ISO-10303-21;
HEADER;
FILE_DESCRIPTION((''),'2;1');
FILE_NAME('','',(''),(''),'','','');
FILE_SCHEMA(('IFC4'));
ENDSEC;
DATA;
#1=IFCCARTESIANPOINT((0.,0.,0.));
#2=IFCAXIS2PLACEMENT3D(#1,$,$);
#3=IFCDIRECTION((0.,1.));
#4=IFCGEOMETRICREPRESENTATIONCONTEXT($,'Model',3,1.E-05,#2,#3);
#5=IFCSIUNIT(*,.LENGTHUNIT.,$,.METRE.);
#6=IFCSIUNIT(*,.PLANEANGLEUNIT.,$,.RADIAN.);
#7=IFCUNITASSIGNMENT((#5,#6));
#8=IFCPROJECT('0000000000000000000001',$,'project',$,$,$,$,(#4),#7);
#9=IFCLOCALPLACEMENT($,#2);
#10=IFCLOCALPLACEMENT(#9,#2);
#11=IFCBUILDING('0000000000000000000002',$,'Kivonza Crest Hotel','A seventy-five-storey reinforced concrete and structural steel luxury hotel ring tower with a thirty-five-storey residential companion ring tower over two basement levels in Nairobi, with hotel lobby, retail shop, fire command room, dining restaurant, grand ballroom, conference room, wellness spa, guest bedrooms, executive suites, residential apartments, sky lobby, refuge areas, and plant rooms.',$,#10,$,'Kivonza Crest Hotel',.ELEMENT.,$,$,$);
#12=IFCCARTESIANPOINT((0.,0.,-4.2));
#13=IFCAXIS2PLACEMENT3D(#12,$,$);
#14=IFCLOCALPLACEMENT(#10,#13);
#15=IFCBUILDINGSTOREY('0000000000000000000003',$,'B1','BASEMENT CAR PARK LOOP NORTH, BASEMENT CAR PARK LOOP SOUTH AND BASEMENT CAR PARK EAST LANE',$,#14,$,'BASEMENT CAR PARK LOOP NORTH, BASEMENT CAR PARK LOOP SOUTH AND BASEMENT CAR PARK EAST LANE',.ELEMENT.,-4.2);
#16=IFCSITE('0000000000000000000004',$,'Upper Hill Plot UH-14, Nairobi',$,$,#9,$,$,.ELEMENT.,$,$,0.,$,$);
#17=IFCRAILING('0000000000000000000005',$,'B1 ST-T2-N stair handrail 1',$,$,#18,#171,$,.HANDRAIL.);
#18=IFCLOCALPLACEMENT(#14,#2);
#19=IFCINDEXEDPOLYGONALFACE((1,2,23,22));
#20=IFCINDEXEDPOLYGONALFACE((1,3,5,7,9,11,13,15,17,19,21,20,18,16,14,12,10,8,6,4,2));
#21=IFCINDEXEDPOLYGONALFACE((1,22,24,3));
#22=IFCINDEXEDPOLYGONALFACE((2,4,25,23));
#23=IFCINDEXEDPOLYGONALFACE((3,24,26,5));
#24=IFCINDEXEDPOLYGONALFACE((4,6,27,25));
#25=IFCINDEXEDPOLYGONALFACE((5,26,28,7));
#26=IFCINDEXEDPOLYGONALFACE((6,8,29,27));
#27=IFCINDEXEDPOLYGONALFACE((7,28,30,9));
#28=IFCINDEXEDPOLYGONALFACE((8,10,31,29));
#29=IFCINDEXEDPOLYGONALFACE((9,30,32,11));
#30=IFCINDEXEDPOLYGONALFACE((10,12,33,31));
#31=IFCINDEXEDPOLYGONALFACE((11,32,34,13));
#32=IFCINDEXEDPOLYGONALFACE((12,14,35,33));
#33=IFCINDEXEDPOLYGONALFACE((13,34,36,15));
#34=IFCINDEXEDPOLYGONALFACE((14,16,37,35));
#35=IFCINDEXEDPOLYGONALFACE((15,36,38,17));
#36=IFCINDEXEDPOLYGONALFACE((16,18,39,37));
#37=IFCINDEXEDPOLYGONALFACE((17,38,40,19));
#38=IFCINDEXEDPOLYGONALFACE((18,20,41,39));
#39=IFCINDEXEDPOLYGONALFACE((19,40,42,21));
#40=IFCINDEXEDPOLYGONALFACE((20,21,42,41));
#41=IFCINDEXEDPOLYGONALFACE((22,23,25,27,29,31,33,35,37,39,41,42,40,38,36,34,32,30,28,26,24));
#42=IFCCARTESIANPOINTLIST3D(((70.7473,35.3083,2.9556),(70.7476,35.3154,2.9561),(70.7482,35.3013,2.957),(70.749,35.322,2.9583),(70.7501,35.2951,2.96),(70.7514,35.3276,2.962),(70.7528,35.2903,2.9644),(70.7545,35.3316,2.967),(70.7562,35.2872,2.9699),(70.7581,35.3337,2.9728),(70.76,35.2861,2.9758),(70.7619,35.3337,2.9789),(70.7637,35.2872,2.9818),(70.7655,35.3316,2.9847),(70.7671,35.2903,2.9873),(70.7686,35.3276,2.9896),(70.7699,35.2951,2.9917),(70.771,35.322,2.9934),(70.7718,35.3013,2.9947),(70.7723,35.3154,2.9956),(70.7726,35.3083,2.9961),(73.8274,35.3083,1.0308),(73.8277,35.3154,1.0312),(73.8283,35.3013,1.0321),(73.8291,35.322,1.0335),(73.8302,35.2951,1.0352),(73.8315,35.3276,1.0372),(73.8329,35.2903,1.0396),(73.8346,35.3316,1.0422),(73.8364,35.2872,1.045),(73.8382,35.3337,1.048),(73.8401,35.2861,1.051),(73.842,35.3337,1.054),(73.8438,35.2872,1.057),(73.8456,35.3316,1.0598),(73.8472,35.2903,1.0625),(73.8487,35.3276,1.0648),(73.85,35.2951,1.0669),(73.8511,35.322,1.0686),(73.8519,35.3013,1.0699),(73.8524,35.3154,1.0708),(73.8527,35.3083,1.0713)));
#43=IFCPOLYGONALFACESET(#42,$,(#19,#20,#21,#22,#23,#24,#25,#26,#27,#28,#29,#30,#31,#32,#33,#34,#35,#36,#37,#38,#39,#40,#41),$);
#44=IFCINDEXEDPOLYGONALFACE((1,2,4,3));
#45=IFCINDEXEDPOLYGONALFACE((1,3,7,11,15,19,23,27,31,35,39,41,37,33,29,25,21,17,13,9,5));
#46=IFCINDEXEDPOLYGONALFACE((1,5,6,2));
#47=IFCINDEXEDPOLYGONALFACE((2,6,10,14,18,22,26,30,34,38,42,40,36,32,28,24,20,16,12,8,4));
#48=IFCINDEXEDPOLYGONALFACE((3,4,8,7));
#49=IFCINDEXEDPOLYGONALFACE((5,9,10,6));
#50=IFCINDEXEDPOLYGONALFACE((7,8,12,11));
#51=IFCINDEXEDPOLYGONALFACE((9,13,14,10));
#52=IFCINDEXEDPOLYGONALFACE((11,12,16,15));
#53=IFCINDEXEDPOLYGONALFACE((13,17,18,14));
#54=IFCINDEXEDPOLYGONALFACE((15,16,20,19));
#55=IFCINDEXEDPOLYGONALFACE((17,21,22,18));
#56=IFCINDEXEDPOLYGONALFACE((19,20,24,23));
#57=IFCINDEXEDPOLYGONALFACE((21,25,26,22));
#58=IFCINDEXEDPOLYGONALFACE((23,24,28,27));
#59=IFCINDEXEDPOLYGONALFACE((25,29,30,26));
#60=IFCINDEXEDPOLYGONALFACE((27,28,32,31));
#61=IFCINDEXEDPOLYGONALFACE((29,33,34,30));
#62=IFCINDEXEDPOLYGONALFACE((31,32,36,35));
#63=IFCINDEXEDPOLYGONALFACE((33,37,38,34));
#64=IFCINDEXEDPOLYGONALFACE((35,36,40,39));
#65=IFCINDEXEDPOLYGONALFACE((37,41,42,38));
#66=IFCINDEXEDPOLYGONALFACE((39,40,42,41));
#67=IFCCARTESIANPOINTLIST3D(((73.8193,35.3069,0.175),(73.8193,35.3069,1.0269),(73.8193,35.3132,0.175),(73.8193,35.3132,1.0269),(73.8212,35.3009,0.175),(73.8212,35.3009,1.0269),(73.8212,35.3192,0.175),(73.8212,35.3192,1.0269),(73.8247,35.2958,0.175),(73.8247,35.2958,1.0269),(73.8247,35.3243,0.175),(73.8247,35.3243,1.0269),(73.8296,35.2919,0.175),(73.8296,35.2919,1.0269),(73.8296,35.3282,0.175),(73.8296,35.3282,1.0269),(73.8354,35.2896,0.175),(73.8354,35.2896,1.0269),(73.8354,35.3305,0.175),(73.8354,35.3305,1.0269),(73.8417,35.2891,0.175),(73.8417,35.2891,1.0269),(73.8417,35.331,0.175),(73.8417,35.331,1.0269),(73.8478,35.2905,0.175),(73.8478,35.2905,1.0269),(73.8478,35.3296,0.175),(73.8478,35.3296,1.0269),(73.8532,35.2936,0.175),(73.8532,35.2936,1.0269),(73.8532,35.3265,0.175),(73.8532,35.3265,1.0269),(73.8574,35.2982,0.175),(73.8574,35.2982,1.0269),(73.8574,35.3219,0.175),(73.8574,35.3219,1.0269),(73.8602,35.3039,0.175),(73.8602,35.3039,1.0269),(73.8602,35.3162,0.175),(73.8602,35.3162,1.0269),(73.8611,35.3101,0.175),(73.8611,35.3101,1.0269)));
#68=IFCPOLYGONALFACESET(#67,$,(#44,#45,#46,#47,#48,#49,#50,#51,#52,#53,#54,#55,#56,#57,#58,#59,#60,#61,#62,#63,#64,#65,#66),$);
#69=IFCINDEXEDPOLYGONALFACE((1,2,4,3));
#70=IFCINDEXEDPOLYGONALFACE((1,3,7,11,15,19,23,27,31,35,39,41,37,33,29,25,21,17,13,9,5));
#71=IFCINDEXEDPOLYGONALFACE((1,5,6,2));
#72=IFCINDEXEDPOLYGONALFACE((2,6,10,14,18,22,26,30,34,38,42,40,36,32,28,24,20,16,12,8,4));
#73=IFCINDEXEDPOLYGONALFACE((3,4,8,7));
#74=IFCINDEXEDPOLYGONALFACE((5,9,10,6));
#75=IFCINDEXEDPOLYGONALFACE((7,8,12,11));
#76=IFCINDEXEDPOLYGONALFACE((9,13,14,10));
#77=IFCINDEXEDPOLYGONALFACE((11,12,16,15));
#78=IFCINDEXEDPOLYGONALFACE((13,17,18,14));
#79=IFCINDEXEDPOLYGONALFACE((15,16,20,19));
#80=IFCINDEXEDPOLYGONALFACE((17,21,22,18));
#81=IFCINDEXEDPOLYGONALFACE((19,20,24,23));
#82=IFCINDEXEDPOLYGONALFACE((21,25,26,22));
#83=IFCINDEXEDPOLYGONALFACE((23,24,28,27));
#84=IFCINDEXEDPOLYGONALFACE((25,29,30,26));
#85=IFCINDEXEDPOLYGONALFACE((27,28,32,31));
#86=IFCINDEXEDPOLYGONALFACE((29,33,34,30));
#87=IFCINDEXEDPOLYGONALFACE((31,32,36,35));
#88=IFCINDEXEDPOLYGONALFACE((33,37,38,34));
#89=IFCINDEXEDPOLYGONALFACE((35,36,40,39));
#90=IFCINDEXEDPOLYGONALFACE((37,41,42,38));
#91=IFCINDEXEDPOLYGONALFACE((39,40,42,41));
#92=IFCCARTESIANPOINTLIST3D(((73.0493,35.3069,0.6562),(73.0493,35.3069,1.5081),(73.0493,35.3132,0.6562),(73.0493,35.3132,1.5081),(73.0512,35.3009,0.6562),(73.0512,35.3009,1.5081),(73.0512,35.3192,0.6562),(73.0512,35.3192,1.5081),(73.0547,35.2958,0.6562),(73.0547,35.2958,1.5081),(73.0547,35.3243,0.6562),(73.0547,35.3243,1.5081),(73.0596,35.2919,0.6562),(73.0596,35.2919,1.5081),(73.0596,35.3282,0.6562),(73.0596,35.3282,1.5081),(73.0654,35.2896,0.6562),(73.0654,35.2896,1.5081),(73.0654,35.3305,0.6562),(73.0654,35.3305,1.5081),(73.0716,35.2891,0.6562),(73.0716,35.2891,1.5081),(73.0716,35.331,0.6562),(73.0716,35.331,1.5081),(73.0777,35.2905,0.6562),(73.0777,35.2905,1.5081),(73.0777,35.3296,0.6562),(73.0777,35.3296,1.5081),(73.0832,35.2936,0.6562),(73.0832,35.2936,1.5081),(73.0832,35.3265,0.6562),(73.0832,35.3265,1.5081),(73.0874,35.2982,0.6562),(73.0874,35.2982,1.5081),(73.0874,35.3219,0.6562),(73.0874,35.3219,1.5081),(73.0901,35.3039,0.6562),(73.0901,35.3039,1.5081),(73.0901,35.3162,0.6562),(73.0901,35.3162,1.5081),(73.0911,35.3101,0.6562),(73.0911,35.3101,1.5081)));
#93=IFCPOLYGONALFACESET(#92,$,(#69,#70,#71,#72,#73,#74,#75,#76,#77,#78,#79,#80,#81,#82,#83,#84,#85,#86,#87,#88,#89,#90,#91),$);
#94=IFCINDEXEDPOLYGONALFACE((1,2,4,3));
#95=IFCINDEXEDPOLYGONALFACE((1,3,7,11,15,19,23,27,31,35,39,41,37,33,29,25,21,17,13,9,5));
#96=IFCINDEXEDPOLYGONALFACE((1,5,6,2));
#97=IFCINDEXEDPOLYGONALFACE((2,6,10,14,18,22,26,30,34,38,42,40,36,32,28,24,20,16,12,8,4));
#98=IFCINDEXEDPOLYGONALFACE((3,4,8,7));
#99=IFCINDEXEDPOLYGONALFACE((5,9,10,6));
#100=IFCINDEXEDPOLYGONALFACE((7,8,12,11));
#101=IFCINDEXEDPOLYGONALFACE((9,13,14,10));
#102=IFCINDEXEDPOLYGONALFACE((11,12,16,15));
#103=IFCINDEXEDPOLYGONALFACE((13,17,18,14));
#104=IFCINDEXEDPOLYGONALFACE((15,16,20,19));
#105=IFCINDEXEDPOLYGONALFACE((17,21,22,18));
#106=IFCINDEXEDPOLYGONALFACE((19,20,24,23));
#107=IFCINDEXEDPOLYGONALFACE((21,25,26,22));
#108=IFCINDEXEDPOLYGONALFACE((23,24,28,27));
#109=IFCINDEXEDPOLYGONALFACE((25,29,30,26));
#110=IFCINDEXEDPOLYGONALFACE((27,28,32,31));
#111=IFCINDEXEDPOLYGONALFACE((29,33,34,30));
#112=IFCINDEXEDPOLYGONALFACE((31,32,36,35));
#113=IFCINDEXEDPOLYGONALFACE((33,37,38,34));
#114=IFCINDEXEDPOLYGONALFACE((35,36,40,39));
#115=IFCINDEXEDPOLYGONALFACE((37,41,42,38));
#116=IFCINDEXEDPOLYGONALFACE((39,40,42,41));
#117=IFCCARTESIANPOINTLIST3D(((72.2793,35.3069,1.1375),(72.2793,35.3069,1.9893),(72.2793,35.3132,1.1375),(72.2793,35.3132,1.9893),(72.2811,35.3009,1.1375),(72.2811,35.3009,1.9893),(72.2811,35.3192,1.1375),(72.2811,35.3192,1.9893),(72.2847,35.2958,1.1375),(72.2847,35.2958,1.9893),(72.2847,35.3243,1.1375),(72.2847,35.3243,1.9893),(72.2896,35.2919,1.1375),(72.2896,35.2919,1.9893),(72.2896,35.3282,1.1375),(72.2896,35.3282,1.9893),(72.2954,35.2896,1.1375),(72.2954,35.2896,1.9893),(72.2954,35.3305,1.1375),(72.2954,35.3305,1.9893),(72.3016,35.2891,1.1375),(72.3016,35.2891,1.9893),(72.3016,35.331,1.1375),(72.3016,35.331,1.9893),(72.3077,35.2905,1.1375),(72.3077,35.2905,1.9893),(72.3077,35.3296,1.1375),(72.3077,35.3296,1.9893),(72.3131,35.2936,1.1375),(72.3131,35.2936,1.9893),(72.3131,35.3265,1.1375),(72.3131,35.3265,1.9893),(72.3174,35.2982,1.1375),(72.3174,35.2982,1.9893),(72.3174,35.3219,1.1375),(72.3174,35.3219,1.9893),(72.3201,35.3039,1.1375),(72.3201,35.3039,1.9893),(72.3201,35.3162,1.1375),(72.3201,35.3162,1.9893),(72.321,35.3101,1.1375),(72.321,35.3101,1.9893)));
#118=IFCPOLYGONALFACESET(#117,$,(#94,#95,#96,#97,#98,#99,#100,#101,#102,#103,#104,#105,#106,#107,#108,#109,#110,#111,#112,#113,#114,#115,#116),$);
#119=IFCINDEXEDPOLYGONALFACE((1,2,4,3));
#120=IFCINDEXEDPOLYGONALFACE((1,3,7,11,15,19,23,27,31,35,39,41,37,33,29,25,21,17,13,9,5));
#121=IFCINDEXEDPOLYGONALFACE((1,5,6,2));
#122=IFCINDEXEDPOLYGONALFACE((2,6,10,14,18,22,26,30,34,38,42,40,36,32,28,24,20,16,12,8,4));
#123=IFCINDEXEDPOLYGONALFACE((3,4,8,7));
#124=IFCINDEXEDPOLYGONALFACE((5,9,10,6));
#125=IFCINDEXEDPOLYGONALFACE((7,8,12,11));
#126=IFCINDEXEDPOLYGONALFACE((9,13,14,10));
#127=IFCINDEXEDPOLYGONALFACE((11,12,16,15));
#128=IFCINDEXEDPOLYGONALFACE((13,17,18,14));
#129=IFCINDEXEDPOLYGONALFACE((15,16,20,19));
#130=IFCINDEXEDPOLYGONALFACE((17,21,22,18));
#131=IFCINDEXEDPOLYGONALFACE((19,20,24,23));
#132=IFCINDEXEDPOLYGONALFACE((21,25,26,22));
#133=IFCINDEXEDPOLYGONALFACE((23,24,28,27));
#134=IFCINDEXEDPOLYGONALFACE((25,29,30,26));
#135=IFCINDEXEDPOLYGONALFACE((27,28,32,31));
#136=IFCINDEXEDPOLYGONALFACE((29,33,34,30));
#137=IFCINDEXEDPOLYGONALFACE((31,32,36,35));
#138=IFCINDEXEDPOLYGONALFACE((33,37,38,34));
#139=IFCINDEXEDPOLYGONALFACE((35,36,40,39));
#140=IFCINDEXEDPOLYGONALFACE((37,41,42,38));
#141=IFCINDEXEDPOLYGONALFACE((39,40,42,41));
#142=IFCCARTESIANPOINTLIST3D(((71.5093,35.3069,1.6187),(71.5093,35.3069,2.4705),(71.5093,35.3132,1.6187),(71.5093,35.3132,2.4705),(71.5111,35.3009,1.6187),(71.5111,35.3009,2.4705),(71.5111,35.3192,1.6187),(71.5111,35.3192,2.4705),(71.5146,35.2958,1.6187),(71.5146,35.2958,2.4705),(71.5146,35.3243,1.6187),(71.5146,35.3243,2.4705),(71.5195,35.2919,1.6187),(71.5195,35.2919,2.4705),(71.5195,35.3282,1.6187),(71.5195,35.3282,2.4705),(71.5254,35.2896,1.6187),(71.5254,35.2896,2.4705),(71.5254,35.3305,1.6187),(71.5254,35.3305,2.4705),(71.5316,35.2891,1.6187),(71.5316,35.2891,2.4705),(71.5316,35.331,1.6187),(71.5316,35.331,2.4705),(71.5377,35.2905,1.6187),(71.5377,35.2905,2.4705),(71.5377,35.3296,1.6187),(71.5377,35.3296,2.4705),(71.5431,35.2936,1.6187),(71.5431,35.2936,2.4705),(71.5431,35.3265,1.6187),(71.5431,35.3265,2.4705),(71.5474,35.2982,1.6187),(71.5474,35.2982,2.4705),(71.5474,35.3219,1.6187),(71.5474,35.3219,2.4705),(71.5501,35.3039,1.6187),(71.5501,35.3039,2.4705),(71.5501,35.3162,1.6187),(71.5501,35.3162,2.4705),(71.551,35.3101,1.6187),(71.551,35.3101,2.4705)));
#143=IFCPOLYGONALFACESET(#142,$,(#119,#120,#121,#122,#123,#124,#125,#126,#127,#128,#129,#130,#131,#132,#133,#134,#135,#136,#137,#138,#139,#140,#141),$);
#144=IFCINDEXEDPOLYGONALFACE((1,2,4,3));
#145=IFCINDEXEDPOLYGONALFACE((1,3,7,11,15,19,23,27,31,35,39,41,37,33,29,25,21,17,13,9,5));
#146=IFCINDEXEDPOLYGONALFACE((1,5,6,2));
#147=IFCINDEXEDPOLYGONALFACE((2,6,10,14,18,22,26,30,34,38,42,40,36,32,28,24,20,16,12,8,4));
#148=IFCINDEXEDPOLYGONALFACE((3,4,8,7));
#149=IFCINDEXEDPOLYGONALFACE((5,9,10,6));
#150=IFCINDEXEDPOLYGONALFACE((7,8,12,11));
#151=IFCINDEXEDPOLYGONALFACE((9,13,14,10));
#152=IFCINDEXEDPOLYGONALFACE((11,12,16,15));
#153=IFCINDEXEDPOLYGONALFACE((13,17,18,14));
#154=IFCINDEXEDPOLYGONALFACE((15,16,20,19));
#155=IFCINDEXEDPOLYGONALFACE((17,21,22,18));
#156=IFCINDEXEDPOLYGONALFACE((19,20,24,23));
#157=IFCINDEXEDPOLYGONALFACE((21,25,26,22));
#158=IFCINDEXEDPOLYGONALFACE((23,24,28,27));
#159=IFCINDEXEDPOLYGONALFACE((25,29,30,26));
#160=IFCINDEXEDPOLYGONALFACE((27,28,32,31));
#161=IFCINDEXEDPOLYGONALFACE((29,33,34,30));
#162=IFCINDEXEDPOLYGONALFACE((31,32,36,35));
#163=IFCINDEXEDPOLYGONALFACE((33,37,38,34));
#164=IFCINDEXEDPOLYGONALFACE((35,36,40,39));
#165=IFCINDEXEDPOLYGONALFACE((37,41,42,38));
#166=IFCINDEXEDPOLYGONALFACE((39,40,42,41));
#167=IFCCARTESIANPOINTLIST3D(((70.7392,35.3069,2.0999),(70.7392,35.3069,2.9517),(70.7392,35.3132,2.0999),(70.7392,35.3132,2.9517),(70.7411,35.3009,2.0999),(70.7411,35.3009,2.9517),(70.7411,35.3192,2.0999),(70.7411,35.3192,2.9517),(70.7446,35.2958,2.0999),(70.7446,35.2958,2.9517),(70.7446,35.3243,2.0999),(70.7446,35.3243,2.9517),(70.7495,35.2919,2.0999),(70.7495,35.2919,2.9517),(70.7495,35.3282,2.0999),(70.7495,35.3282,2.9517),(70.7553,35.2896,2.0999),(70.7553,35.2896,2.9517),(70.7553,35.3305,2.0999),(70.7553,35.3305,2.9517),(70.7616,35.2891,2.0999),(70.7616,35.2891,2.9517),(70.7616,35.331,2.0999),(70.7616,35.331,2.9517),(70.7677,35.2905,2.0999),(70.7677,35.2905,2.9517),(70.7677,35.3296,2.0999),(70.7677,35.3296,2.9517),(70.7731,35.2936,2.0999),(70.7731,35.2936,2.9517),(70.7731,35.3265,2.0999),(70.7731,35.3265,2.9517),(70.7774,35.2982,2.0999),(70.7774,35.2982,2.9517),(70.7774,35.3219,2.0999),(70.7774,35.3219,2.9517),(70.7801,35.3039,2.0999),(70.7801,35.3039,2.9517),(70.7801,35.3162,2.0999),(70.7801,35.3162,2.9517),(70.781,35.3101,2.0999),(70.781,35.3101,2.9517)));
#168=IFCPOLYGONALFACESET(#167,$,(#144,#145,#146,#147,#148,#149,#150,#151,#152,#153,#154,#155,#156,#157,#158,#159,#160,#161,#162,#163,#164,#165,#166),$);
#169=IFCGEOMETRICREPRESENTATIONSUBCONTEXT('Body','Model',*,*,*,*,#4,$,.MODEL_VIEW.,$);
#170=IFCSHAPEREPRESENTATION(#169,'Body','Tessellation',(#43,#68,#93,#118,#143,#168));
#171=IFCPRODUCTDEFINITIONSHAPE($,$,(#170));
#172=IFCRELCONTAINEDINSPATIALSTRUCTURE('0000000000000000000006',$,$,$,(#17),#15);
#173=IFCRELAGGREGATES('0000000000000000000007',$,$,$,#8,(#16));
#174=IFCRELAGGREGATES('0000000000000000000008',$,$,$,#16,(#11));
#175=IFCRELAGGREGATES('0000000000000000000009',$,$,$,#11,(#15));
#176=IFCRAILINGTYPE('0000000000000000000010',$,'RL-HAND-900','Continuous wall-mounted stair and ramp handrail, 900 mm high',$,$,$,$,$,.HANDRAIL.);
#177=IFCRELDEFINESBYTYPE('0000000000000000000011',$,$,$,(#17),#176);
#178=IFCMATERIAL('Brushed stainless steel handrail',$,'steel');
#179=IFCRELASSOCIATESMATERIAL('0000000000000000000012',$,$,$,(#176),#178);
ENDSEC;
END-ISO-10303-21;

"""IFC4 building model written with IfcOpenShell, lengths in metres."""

from ifc_helpers import new_model, si_unit, direction, frame, origin, origin_2d, place, context, subcontext, project, spatial, circle, extrude, material, type_object, element, save


model = new_model("IFC4")

# Units and contexts
model_context = context("Model", 3, precision=1e-05, world=origin(), true_north=direction((0.0, 1.0)))
body_context = subcontext(model_context, "Body", "Model", "MODEL_VIEW")
ifc_project = project(units=[si_unit("LENGTHUNIT", "METRE"), si_unit("PLANEANGLEUNIT", "RADIAN")], contexts=[model_context])

# Site, building, storey
site_placement = place(None, origin())
site = spatial("IfcSite", under=ifc_project, at=site_placement, Name="Upper Hill Plot UH-14, Nairobi", CompositionType="ELEMENT", RefElevation=0.0)
building_placement = place(site_placement, origin())
building = spatial("IfcBuilding", under=site, at=building_placement, Name="Kivonza Crest Hotel", Description="A seventy-five-storey reinforced concrete and structural steel luxury hotel ring tower with a thirty-five-storey residential companion ring tower over two basement levels in Nairobi, with hotel lobby, retail shop, fire command room, dining restaurant, grand ballroom, conference room, wellness spa, guest bedrooms, executive suites, residential apartments, sky lobby, refuge areas, and plant rooms.", LongName="Kivonza Crest Hotel", CompositionType="ELEMENT")
storey_placement = place(building_placement, frame((0.0, 0.0, -4.2)))
storey = spatial("IfcBuildingStorey", under=building, at=storey_placement, Name="B1", Description="BASEMENT CAR PARK LOOP NORTH, BASEMENT CAR PARK LOOP SOUTH AND BASEMENT CAR PARK EAST LANE", LongName="BASEMENT CAR PARK LOOP NORTH, BASEMENT CAR PARK LOOP SOUTH AND BASEMENT CAR PARK EAST LANE", CompositionType="ELEMENT", Elevation=-4.2)

# Railing
ifc_material_1 = material(Name="Brushed stainless steel handrail", Category="steel")
railing_type_1 = type_object("IfcRailingType", Name="RL-HAND-900", Description="Continuous wall-mounted stair and ramp handrail, 900 mm high", PredefinedType="HANDRAIL", material=ifc_material_1)
railing_1_placement = place(storey_placement, frame((73.8401, 35.3101, 0.175)))
element("IfcRailing", 1, at=railing_1_placement, inside=storey, type_object=railing_type_1, Name="B1 ST-T2-N stair handrail 1", PredefinedType="HANDRAIL", context=body_context, shape_type="SweptSolid", body=[
    extrude(circle(Radius=0.0239, at=origin_2d()), frame((0.0, 0.0, 0.876), z_axis=(-0.848029, 0.0, 0.529951), x_axis=(0.0, -1.0, 0.0)), (0.0, 0.0, 1.0), 3.6321),
    extrude(circle(Radius=0.021, at=origin_2d()), origin(), (0.0, 0.0, 1.0), 0.8518),
    extrude(circle(Radius=0.021, at=origin_2d()), frame((-0.77, 0.0, 0.4812)), (0.0, 0.0, 1.0), 0.8518),
    extrude(circle(Radius=0.021, at=origin_2d()), frame((-1.54, 0.0, 0.9624)), (0.0, 0.0, 1.0), 0.8518),
    extrude(circle(Radius=0.021, at=origin_2d()), frame((-2.3101, 0.0, 1.4436)), (0.0, 0.0, 1.0), 0.8518),
    extrude(circle(Radius=0.021, at=origin_2d()), frame((-3.0801, 0.0, 1.9248)), (0.0, 0.0, 1.0), 0.8518),
])

save(model, "model.ifc")
